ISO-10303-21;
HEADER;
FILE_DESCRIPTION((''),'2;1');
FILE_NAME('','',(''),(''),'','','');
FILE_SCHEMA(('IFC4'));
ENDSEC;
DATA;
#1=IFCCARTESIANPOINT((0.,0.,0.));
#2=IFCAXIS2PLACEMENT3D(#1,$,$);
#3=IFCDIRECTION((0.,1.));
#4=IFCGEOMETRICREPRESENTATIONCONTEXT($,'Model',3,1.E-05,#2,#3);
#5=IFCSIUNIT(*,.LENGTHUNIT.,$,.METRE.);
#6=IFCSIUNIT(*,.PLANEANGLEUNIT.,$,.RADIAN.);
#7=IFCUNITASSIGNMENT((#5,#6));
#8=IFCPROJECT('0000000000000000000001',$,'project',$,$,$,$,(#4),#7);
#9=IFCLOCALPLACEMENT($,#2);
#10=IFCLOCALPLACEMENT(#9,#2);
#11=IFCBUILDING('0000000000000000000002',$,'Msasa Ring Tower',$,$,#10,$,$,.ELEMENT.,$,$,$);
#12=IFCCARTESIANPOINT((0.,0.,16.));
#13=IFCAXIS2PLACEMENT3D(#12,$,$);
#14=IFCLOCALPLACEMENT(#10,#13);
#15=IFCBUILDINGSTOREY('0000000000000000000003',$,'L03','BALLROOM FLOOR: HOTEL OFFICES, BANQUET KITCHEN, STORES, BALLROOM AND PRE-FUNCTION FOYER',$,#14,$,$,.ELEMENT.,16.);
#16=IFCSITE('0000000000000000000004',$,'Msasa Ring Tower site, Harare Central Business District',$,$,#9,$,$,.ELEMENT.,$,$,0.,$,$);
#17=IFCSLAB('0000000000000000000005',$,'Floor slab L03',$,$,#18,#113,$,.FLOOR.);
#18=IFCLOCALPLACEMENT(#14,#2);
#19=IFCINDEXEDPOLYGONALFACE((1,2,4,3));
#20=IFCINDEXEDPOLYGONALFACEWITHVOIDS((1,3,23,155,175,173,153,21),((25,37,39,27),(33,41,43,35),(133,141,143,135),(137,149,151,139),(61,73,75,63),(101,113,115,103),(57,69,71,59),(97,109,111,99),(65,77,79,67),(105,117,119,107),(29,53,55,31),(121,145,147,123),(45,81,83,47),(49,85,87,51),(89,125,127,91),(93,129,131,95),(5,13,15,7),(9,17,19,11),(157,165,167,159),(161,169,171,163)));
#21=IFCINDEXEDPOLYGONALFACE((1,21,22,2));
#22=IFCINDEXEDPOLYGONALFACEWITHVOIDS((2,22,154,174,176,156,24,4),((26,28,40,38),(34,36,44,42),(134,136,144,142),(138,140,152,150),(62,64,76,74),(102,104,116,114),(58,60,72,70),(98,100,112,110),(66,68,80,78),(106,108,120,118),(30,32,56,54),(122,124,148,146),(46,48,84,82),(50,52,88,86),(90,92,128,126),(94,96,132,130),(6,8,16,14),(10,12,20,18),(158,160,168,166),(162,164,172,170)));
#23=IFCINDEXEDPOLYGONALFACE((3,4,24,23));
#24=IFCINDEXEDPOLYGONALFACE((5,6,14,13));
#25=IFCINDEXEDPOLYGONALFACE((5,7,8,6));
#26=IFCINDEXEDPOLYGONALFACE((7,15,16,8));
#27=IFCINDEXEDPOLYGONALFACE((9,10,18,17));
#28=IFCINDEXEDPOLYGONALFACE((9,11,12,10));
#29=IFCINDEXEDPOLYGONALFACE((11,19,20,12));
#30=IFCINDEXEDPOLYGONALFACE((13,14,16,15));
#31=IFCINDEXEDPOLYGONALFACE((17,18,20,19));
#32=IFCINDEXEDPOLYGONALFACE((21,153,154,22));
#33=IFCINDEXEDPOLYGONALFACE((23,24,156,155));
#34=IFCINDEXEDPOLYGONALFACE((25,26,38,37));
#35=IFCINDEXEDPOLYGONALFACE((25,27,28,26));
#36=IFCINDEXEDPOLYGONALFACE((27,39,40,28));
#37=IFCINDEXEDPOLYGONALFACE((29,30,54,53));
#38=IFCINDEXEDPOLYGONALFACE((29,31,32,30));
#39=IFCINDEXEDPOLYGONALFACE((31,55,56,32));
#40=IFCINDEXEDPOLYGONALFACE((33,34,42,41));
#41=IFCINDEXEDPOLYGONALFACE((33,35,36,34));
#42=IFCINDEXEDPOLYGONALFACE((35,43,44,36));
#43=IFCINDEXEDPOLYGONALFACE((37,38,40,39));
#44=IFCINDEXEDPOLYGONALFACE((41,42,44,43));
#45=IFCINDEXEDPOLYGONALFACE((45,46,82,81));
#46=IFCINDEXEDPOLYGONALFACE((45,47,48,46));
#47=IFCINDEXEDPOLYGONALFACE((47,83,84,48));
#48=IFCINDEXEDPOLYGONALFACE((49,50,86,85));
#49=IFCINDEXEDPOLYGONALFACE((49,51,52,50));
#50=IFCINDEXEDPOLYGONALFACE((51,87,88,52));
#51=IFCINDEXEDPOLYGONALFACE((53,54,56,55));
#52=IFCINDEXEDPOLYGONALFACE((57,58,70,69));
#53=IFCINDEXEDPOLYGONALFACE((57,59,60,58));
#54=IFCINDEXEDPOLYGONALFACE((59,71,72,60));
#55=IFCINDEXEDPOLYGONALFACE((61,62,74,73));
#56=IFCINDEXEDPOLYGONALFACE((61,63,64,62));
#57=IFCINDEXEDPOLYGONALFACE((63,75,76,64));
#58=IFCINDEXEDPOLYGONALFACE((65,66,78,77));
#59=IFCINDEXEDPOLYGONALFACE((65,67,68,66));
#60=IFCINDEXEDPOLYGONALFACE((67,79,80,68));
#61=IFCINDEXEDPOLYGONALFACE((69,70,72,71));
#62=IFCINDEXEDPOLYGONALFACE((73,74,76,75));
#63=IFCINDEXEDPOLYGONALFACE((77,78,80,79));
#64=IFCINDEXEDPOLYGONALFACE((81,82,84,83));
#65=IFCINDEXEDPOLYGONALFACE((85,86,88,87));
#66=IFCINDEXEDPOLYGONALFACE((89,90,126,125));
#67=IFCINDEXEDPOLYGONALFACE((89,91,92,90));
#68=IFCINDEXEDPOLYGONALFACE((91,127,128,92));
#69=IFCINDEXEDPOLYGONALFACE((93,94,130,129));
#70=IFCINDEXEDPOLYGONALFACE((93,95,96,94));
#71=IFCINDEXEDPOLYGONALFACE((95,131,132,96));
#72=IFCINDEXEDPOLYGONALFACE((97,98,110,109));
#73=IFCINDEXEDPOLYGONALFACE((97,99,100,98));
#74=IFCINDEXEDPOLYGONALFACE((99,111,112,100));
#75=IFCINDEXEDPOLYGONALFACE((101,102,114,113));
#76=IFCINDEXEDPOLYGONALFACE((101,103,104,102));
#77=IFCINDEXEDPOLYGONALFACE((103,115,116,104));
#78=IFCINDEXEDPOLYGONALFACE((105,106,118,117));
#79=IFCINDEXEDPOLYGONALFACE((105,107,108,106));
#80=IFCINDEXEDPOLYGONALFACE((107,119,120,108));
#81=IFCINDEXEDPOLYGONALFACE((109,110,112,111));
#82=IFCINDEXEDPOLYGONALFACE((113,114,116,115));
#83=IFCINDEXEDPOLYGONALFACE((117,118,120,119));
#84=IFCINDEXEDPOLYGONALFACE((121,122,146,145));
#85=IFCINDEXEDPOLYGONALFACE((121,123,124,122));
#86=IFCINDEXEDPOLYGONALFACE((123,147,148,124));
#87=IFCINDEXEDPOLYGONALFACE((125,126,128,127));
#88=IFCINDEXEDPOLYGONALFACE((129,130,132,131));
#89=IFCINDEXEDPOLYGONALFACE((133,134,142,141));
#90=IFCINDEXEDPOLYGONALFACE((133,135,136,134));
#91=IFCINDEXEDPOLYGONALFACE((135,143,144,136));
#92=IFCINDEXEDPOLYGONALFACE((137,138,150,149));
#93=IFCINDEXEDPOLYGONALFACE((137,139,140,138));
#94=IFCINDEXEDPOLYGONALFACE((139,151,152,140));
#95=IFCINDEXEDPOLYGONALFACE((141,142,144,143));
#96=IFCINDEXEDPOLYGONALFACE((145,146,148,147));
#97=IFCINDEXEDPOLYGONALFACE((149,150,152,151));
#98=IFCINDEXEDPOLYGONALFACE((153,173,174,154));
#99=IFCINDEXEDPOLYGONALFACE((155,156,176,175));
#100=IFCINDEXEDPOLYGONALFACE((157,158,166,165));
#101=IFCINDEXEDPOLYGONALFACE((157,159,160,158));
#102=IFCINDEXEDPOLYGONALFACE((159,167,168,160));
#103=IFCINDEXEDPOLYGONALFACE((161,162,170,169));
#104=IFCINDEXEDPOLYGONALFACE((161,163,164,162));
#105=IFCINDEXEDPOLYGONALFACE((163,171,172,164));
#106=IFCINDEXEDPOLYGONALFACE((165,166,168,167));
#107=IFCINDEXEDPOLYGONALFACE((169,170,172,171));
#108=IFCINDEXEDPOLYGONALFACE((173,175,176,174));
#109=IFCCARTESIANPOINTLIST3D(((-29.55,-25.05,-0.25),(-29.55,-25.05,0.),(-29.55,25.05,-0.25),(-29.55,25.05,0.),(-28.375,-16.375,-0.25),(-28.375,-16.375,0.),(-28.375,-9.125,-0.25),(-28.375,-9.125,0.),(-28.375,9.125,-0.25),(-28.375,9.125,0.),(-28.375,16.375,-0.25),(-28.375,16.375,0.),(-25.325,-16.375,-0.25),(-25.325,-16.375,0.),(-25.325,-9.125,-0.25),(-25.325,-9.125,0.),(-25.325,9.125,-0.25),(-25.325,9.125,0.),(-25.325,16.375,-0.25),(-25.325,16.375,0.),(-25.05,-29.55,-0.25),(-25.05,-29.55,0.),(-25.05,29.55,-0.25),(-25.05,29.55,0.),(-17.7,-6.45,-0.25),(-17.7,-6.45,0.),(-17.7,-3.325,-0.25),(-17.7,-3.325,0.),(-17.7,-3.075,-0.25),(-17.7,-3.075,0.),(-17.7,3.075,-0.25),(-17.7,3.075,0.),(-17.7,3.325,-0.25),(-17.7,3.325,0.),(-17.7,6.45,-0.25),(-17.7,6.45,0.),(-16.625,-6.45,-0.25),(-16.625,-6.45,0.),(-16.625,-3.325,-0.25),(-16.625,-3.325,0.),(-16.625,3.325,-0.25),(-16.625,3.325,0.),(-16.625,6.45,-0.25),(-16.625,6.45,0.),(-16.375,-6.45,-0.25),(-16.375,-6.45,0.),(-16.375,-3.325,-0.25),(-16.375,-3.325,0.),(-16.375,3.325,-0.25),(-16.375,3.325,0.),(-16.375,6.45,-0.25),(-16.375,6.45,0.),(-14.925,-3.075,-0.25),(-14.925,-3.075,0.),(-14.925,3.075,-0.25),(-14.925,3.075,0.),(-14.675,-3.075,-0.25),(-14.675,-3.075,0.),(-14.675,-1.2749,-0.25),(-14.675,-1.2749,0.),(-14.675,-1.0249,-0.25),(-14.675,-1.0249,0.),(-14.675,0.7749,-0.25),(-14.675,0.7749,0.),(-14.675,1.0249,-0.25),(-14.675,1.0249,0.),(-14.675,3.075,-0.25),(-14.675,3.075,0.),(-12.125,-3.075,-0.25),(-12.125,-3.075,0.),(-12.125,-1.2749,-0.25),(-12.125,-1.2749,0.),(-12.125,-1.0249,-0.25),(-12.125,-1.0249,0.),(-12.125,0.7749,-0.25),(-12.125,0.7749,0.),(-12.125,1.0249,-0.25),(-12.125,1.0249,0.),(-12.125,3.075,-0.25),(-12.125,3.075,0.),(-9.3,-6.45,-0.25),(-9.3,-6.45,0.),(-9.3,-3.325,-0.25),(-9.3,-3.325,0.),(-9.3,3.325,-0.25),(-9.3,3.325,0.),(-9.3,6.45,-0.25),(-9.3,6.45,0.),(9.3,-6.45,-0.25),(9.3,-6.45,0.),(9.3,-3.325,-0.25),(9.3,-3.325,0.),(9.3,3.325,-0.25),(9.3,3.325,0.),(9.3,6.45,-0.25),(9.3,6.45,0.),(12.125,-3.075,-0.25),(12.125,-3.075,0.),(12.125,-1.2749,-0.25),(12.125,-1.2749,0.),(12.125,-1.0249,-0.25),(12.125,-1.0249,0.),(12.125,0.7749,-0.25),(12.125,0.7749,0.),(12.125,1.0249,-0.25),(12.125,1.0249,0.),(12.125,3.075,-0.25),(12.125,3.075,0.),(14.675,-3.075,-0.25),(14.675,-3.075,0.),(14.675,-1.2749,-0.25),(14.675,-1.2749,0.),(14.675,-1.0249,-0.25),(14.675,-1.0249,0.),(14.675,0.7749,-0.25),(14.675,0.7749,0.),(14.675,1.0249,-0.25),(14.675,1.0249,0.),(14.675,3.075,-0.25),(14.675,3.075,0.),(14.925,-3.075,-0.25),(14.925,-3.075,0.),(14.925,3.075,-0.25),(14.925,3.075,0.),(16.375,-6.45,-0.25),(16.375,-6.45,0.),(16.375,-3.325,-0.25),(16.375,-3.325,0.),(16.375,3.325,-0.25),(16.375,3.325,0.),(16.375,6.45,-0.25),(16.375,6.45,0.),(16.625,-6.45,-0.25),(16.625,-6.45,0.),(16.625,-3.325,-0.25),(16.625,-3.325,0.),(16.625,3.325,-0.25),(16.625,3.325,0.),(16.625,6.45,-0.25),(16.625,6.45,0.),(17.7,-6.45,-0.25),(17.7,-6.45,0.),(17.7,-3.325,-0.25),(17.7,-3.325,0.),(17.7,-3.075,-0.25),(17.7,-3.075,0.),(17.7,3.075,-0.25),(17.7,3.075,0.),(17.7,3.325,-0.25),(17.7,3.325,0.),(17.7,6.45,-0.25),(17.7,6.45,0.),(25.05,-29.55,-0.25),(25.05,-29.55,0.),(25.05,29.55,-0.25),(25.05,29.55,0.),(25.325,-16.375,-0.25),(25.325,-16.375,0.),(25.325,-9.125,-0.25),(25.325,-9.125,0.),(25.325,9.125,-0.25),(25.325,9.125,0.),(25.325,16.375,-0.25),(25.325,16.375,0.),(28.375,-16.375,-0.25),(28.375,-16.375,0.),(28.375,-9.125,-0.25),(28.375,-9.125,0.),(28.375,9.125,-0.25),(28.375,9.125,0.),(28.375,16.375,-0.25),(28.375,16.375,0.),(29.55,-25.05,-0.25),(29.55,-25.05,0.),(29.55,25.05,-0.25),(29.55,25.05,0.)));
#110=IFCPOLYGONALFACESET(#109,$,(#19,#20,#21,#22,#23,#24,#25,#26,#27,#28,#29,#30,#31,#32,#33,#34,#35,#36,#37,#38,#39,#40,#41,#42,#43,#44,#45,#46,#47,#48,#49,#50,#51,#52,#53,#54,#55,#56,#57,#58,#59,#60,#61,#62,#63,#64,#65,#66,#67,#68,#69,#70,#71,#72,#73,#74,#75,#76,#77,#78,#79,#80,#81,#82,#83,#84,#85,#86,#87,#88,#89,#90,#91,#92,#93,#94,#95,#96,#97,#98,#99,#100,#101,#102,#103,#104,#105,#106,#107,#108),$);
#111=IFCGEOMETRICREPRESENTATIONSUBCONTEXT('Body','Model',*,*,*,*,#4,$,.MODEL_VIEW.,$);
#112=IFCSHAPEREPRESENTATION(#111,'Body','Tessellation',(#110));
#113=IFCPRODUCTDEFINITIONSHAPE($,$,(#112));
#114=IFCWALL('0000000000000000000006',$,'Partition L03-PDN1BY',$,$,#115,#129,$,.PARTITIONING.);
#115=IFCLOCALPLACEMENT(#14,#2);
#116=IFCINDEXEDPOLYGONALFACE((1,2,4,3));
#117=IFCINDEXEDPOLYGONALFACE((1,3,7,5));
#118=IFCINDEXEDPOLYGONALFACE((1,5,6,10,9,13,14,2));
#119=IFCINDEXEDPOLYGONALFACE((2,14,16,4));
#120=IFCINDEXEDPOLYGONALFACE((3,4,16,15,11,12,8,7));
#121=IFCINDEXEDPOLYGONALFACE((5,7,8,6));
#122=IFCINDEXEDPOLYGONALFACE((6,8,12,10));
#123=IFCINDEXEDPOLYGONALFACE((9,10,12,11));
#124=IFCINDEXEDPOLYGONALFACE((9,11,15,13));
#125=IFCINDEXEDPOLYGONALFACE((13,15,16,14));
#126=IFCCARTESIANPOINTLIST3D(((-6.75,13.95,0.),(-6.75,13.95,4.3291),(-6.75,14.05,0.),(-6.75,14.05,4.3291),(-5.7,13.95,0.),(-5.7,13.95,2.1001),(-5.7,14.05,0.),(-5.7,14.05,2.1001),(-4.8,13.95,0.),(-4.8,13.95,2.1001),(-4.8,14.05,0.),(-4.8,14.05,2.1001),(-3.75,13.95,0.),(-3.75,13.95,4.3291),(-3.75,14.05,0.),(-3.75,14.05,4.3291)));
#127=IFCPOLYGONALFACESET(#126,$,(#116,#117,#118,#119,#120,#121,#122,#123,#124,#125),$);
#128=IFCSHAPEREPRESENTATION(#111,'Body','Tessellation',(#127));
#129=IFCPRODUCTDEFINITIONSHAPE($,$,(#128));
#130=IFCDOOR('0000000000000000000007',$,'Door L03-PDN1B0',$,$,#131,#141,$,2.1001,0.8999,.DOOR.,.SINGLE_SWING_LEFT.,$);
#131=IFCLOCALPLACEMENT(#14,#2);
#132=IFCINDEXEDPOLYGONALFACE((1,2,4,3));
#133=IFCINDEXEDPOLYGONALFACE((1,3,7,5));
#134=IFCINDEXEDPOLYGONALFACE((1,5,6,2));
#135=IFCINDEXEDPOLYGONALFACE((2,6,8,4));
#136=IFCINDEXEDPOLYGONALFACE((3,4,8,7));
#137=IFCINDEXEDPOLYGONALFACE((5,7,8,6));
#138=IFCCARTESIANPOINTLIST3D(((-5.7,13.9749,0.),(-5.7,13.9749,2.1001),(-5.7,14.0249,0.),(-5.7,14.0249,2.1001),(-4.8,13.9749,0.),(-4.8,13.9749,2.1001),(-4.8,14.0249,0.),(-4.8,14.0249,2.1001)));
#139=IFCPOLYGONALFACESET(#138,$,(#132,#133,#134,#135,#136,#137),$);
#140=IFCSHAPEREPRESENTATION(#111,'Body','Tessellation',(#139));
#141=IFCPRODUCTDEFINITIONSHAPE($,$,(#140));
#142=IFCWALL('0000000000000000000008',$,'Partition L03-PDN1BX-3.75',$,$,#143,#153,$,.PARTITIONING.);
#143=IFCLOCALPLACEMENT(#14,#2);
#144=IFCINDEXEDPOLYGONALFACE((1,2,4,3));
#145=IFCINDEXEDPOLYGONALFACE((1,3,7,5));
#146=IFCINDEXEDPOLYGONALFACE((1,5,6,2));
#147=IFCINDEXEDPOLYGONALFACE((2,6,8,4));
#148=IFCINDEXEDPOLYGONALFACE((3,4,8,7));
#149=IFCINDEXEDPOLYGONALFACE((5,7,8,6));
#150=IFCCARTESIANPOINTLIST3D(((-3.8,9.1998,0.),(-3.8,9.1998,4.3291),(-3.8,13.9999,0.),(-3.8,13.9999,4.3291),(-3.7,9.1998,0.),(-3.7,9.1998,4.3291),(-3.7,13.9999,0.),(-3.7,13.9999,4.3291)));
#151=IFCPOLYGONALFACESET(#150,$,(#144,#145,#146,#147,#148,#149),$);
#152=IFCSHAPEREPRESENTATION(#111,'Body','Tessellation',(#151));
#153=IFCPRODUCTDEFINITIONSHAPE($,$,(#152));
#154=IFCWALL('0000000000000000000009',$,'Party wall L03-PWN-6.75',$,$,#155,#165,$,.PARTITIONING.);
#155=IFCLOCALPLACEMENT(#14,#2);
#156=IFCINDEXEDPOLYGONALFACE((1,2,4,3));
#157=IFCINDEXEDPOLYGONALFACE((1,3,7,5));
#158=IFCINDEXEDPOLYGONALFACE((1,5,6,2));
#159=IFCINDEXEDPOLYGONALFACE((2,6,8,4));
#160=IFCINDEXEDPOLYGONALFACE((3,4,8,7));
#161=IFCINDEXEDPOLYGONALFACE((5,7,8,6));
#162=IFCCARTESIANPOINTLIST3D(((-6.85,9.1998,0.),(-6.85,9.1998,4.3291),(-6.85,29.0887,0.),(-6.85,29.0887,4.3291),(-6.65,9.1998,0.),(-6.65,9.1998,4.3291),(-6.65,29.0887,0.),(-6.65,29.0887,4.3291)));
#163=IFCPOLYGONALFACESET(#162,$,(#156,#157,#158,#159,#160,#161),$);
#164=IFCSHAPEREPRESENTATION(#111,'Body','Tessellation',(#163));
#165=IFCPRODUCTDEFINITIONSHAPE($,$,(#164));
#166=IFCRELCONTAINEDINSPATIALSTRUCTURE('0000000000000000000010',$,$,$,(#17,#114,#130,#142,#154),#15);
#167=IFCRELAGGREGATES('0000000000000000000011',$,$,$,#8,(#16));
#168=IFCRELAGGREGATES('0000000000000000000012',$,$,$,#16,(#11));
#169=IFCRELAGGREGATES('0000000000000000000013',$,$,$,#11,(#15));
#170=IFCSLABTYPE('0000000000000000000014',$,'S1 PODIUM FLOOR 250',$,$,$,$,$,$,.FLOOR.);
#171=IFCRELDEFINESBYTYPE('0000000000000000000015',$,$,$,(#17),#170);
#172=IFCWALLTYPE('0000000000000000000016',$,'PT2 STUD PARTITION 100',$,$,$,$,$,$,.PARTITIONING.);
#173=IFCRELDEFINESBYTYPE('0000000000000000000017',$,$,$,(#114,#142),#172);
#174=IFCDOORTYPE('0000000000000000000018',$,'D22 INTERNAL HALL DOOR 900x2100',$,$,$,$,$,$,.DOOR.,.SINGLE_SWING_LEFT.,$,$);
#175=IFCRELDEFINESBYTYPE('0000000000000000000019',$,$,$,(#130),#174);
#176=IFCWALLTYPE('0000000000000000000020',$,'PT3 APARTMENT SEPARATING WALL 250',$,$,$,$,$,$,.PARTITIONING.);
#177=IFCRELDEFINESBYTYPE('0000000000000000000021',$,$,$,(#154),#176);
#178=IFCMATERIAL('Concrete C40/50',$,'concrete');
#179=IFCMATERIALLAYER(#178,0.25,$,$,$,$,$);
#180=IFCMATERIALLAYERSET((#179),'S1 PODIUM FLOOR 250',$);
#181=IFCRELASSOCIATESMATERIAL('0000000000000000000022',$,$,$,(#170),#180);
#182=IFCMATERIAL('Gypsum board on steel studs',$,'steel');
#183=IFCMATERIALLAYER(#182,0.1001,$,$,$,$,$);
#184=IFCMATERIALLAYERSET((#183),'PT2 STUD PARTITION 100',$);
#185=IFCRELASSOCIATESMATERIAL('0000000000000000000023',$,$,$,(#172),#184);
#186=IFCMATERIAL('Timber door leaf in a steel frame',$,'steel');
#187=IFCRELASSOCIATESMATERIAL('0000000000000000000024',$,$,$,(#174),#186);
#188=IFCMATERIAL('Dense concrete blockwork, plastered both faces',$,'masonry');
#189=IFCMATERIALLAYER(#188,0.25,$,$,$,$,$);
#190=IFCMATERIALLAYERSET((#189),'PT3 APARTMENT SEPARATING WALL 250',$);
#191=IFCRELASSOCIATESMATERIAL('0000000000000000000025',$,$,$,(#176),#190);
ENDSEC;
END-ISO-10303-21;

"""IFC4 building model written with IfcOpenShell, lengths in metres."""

from ifc_helpers import new_model, si_unit, direction, frame, frame_2d, origin, place, context, subcontext, project, spatial, polyline, rectangle, outline, extrude, material, layer, layer_set, type_object, element, fill, save


model = new_model("IFC4")

# Units and contexts
model_context = context("Model", 3, precision=1e-05, world=origin(), true_north=direction((0.0, 1.0)))
body_context = subcontext(model_context, "Body", "Model", "MODEL_VIEW")
ifc_project = project(units=[si_unit("LENGTHUNIT", "METRE"), si_unit("PLANEANGLEUNIT", "RADIAN")], contexts=[model_context])

# Site, building, storey
site_placement = place(None, origin())
site = spatial("IfcSite", under=ifc_project, at=site_placement, Name="Msasa Ring Tower site, Harare Central Business District", CompositionType="ELEMENT", RefElevation=0.0)
building_placement = place(site_placement, origin())
building = spatial("IfcBuilding", under=site, at=building_placement, Name="Msasa Ring Tower", CompositionType="ELEMENT")
storey_placement = place(building_placement, frame((0.0, 0.0, 16.0)))
storey = spatial("IfcBuildingStorey", under=building, at=storey_placement, Name="L03", Description="BALLROOM FLOOR: HOTEL OFFICES, BANQUET KITCHEN, STORES, BALLROOM AND PRE-FUNCTION FOYER", CompositionType="ELEMENT", Elevation=16.0)

# Slab
ifc_material_1 = material(Name="Concrete C40/50", Category="concrete")
ifc_layer_1 = layer(ifc_material_1, 0.25)
ifc_layer_set_1 = layer_set([ifc_layer_1], Name="S1 PODIUM FLOOR 250")
slab_type_1 = type_object("IfcSlabType", Name="S1 PODIUM FLOOR 250", PredefinedType="FLOOR", material=ifc_layer_set_1)
slab_1_placement = place(storey_placement, frame((0.0, 0.0, -0.25)))
element("IfcSlab", 1, at=slab_1_placement, inside=storey, type_object=slab_type_1, Name="Floor slab L03", PredefinedType="FLOOR", context=body_context, shape_type="SweptSolid", body=[
    extrude(outline(polyline([(-25.05, -29.55), (25.05, -29.55), (29.55, -25.05), (29.55, 25.05), (25.05, 29.55), (-25.05, 29.55), (-29.55, 25.05), (-29.55, -25.05), (-25.05, -29.55)]), holes=[polyline([(9.3, -6.45), (16.375, -6.45), (16.375, -3.325), (9.3, -3.325), (9.3, -6.45)]), polyline([(9.3, 3.325), (16.375, 3.325), (16.375, 6.45), (9.3, 6.45), (9.3, 3.325)]), polyline([(12.125, -3.075), (14.675, -3.075), (14.675, -1.2749), (12.125, -1.2749), (12.125, -3.075)]), polyline([(12.125, -1.0249), (14.675, -1.0249), (14.675, 0.7749), (12.125, 0.7749), (12.125, -1.0249)]), polyline([(12.125, 1.0249), (14.675, 1.0249), (14.675, 3.075), (12.125, 3.075), (12.125, 1.0249)]), polyline([(16.625, -6.45), (17.7, -6.45), (17.7, -3.325), (16.625, -3.325), (16.625, -6.45)]), polyline([(16.625, 3.325), (17.7, 3.325), (17.7, 6.45), (16.625, 6.45), (16.625, 3.325)]), polyline([(14.925, -3.075), (17.7, -3.075), (17.7, 3.075), (14.925, 3.075), (14.925, -3.075)]), polyline([(-16.375, -6.45), (-9.3, -6.45), (-9.3, -3.325), (-16.375, -3.325), (-16.375, -6.45)]), polyline([(-16.375, 3.325), (-9.3, 3.325), (-9.3, 6.45), (-16.375, 6.45), (-16.375, 3.325)]), polyline([(-14.675, -3.075), (-12.125, -3.075), (-12.125, -1.2749), (-14.675, -1.2749), (-14.675, -3.075)]), polyline([(-14.675, -1.0249), (-12.125, -1.0249), (-12.125, 0.7749), (-14.675, 0.7749), (-14.675, -1.0249)]), polyline([(-14.675, 1.0249), (-12.125, 1.0249), (-12.125, 3.075), (-14.675, 3.075), (-14.675, 1.0249)]), polyline([(-17.7, -6.45), (-16.625, -6.45), (-16.625, -3.325), (-17.7, -3.325), (-17.7, -6.45)]), polyline([(-17.7, 3.325), (-16.625, 3.325), (-16.625, 6.45), (-17.7, 6.45), (-17.7, 3.325)]), polyline([(-17.7, -3.075), (-14.925, -3.075), (-14.925, 3.075), (-17.7, 3.075), (-17.7, -3.075)]), polyline([(25.325, 9.125), (28.375, 9.125), (28.375, 16.375), (25.325, 16.375), (25.325, 9.125)]), polyline([(25.325, -16.375), (28.375, -16.375), (28.375, -9.125), (25.325, -9.125), (25.325, -16.375)]), polyline([(-28.375, 9.125), (-25.325, 9.125), (-25.325, 16.375), (-28.375, 16.375), (-28.375, 9.125)]), polyline([(-28.375, -16.375), (-25.325, -16.375), (-25.325, -9.125), (-28.375, -9.125), (-28.375, -16.375)])]), origin(), (0.0, 0.0, 1.0), 0.25),
])

# Wall, opening, door
ifc_material_2 = material(Name="Gypsum board on steel studs", Category="steel")
ifc_layer_2 = layer(ifc_material_2, 0.1001)
ifc_layer_set_2 = layer_set([ifc_layer_2], Name="PT2 STUD PARTITION 100")
wall_type_1 = type_object("IfcWallType", Name="PT2 STUD PARTITION 100", PredefinedType="PARTITIONING", material=ifc_layer_set_2)
wall_1_placement = place(storey_placement, frame((-6.75, 14.0, 0.0), z_axis=(0.0, 0.0, 1.0), x_axis=(1.0, 0.0, 0.0)))
wall_1 = element("IfcWall", 2, at=wall_1_placement, inside=storey, type_object=wall_type_1, Name="Partition L03-PDN1BY", PredefinedType="PARTITIONING", context=body_context, shape_type="SweptSolid", body=[
    extrude(rectangle(XDim=3.0, YDim=0.1001, at=frame_2d((1.5, 0.0))), origin(), (0.0, 0.0, 1.0), 4.3291),
])
opening_placement = place(wall_1_placement, frame((1.05, 0.0, 0.0)))
opening = element("IfcOpeningElement", 3, at=opening_placement, cuts=wall_1, PredefinedType="OPENING", context=body_context, shape_type="SweptSolid", body=[
    extrude(rectangle(XDim=0.8999, YDim=2.1001, at=frame_2d((0.45, 1.05))), frame((0.0, 0.0601, 0.0), z_axis=(0.0, -1.0, 0.0), x_axis=(1.0, 0.0, 0.0)), (0.0, 0.0, 1.0), 0.1201),
])
ifc_material_3 = material(Name="Timber door leaf in a steel frame", Category="steel")
door_type = type_object("IfcDoorType", Name="D22 INTERNAL HALL DOOR 900x2100", OperationType="SINGLE_SWING_LEFT", PredefinedType="DOOR", material=ifc_material_3)
door_placement = place(opening_placement, origin())
door = element("IfcDoor", 4, at=door_placement, inside=storey, type_object=door_type, Name="Door L03-PDN1B0", OperationType="SINGLE_SWING_LEFT", OverallHeight=2.1001, OverallWidth=0.8999, PredefinedType="DOOR", context=body_context, shape_type="SweptSolid", body=[
    extrude(rectangle(XDim=0.8999, YDim=2.1001, at=frame_2d((0.45, 1.05))), frame((0.0, 0.0249, 0.0), z_axis=(0.0, -1.0, 0.0), x_axis=(1.0, 0.0, 0.0)), (0.0, 0.0, 1.0), 0.05),
])
fill(opening, door)

# Walls
wall_2_placement = place(storey_placement, frame((-3.75, 9.2, 0.0), z_axis=(0.0, 0.0, 1.0), x_axis=(0.0, 1.0, 0.0)))
element("IfcWall", 5, at=wall_2_placement, inside=storey, type_object=wall_type_1, Name="Partition L03-PDN1BX-3.75", PredefinedType="PARTITIONING", context=body_context, shape_type="SweptSolid", body=[
    extrude(rectangle(XDim=4.8, YDim=0.1001, at=frame_2d((2.3999, 0.0))), origin(), (0.0, 0.0, 1.0), 4.3291),
])
ifc_material_4 = material(Name="Dense concrete blockwork, plastered both faces", Category="masonry")
ifc_layer_3 = layer(ifc_material_4, 0.25)
ifc_layer_set_3 = layer_set([ifc_layer_3], Name="PT3 APARTMENT SEPARATING WALL 250")
wall_type_2 = type_object("IfcWallType", Name="PT3 APARTMENT SEPARATING WALL 250", PredefinedType="PARTITIONING", material=ifc_layer_set_3)
wall_3_placement = place(storey_placement, frame((-6.75, 9.2, 0.0), z_axis=(0.0, 0.0, 1.0), x_axis=(0.0, 1.0, 0.0)))
element("IfcWall", 6, at=wall_3_placement, inside=storey, type_object=wall_type_2, Name="Party wall L03-PWN-6.75", PredefinedType="PARTITIONING", context=body_context, shape_type="SweptSolid", body=[
    extrude(rectangle(XDim=19.8889, YDim=0.2, at=frame_2d((9.9443, 0.0))), origin(), (0.0, 0.0, 1.0), 4.3291),
])

save(model, "model.ifc")
